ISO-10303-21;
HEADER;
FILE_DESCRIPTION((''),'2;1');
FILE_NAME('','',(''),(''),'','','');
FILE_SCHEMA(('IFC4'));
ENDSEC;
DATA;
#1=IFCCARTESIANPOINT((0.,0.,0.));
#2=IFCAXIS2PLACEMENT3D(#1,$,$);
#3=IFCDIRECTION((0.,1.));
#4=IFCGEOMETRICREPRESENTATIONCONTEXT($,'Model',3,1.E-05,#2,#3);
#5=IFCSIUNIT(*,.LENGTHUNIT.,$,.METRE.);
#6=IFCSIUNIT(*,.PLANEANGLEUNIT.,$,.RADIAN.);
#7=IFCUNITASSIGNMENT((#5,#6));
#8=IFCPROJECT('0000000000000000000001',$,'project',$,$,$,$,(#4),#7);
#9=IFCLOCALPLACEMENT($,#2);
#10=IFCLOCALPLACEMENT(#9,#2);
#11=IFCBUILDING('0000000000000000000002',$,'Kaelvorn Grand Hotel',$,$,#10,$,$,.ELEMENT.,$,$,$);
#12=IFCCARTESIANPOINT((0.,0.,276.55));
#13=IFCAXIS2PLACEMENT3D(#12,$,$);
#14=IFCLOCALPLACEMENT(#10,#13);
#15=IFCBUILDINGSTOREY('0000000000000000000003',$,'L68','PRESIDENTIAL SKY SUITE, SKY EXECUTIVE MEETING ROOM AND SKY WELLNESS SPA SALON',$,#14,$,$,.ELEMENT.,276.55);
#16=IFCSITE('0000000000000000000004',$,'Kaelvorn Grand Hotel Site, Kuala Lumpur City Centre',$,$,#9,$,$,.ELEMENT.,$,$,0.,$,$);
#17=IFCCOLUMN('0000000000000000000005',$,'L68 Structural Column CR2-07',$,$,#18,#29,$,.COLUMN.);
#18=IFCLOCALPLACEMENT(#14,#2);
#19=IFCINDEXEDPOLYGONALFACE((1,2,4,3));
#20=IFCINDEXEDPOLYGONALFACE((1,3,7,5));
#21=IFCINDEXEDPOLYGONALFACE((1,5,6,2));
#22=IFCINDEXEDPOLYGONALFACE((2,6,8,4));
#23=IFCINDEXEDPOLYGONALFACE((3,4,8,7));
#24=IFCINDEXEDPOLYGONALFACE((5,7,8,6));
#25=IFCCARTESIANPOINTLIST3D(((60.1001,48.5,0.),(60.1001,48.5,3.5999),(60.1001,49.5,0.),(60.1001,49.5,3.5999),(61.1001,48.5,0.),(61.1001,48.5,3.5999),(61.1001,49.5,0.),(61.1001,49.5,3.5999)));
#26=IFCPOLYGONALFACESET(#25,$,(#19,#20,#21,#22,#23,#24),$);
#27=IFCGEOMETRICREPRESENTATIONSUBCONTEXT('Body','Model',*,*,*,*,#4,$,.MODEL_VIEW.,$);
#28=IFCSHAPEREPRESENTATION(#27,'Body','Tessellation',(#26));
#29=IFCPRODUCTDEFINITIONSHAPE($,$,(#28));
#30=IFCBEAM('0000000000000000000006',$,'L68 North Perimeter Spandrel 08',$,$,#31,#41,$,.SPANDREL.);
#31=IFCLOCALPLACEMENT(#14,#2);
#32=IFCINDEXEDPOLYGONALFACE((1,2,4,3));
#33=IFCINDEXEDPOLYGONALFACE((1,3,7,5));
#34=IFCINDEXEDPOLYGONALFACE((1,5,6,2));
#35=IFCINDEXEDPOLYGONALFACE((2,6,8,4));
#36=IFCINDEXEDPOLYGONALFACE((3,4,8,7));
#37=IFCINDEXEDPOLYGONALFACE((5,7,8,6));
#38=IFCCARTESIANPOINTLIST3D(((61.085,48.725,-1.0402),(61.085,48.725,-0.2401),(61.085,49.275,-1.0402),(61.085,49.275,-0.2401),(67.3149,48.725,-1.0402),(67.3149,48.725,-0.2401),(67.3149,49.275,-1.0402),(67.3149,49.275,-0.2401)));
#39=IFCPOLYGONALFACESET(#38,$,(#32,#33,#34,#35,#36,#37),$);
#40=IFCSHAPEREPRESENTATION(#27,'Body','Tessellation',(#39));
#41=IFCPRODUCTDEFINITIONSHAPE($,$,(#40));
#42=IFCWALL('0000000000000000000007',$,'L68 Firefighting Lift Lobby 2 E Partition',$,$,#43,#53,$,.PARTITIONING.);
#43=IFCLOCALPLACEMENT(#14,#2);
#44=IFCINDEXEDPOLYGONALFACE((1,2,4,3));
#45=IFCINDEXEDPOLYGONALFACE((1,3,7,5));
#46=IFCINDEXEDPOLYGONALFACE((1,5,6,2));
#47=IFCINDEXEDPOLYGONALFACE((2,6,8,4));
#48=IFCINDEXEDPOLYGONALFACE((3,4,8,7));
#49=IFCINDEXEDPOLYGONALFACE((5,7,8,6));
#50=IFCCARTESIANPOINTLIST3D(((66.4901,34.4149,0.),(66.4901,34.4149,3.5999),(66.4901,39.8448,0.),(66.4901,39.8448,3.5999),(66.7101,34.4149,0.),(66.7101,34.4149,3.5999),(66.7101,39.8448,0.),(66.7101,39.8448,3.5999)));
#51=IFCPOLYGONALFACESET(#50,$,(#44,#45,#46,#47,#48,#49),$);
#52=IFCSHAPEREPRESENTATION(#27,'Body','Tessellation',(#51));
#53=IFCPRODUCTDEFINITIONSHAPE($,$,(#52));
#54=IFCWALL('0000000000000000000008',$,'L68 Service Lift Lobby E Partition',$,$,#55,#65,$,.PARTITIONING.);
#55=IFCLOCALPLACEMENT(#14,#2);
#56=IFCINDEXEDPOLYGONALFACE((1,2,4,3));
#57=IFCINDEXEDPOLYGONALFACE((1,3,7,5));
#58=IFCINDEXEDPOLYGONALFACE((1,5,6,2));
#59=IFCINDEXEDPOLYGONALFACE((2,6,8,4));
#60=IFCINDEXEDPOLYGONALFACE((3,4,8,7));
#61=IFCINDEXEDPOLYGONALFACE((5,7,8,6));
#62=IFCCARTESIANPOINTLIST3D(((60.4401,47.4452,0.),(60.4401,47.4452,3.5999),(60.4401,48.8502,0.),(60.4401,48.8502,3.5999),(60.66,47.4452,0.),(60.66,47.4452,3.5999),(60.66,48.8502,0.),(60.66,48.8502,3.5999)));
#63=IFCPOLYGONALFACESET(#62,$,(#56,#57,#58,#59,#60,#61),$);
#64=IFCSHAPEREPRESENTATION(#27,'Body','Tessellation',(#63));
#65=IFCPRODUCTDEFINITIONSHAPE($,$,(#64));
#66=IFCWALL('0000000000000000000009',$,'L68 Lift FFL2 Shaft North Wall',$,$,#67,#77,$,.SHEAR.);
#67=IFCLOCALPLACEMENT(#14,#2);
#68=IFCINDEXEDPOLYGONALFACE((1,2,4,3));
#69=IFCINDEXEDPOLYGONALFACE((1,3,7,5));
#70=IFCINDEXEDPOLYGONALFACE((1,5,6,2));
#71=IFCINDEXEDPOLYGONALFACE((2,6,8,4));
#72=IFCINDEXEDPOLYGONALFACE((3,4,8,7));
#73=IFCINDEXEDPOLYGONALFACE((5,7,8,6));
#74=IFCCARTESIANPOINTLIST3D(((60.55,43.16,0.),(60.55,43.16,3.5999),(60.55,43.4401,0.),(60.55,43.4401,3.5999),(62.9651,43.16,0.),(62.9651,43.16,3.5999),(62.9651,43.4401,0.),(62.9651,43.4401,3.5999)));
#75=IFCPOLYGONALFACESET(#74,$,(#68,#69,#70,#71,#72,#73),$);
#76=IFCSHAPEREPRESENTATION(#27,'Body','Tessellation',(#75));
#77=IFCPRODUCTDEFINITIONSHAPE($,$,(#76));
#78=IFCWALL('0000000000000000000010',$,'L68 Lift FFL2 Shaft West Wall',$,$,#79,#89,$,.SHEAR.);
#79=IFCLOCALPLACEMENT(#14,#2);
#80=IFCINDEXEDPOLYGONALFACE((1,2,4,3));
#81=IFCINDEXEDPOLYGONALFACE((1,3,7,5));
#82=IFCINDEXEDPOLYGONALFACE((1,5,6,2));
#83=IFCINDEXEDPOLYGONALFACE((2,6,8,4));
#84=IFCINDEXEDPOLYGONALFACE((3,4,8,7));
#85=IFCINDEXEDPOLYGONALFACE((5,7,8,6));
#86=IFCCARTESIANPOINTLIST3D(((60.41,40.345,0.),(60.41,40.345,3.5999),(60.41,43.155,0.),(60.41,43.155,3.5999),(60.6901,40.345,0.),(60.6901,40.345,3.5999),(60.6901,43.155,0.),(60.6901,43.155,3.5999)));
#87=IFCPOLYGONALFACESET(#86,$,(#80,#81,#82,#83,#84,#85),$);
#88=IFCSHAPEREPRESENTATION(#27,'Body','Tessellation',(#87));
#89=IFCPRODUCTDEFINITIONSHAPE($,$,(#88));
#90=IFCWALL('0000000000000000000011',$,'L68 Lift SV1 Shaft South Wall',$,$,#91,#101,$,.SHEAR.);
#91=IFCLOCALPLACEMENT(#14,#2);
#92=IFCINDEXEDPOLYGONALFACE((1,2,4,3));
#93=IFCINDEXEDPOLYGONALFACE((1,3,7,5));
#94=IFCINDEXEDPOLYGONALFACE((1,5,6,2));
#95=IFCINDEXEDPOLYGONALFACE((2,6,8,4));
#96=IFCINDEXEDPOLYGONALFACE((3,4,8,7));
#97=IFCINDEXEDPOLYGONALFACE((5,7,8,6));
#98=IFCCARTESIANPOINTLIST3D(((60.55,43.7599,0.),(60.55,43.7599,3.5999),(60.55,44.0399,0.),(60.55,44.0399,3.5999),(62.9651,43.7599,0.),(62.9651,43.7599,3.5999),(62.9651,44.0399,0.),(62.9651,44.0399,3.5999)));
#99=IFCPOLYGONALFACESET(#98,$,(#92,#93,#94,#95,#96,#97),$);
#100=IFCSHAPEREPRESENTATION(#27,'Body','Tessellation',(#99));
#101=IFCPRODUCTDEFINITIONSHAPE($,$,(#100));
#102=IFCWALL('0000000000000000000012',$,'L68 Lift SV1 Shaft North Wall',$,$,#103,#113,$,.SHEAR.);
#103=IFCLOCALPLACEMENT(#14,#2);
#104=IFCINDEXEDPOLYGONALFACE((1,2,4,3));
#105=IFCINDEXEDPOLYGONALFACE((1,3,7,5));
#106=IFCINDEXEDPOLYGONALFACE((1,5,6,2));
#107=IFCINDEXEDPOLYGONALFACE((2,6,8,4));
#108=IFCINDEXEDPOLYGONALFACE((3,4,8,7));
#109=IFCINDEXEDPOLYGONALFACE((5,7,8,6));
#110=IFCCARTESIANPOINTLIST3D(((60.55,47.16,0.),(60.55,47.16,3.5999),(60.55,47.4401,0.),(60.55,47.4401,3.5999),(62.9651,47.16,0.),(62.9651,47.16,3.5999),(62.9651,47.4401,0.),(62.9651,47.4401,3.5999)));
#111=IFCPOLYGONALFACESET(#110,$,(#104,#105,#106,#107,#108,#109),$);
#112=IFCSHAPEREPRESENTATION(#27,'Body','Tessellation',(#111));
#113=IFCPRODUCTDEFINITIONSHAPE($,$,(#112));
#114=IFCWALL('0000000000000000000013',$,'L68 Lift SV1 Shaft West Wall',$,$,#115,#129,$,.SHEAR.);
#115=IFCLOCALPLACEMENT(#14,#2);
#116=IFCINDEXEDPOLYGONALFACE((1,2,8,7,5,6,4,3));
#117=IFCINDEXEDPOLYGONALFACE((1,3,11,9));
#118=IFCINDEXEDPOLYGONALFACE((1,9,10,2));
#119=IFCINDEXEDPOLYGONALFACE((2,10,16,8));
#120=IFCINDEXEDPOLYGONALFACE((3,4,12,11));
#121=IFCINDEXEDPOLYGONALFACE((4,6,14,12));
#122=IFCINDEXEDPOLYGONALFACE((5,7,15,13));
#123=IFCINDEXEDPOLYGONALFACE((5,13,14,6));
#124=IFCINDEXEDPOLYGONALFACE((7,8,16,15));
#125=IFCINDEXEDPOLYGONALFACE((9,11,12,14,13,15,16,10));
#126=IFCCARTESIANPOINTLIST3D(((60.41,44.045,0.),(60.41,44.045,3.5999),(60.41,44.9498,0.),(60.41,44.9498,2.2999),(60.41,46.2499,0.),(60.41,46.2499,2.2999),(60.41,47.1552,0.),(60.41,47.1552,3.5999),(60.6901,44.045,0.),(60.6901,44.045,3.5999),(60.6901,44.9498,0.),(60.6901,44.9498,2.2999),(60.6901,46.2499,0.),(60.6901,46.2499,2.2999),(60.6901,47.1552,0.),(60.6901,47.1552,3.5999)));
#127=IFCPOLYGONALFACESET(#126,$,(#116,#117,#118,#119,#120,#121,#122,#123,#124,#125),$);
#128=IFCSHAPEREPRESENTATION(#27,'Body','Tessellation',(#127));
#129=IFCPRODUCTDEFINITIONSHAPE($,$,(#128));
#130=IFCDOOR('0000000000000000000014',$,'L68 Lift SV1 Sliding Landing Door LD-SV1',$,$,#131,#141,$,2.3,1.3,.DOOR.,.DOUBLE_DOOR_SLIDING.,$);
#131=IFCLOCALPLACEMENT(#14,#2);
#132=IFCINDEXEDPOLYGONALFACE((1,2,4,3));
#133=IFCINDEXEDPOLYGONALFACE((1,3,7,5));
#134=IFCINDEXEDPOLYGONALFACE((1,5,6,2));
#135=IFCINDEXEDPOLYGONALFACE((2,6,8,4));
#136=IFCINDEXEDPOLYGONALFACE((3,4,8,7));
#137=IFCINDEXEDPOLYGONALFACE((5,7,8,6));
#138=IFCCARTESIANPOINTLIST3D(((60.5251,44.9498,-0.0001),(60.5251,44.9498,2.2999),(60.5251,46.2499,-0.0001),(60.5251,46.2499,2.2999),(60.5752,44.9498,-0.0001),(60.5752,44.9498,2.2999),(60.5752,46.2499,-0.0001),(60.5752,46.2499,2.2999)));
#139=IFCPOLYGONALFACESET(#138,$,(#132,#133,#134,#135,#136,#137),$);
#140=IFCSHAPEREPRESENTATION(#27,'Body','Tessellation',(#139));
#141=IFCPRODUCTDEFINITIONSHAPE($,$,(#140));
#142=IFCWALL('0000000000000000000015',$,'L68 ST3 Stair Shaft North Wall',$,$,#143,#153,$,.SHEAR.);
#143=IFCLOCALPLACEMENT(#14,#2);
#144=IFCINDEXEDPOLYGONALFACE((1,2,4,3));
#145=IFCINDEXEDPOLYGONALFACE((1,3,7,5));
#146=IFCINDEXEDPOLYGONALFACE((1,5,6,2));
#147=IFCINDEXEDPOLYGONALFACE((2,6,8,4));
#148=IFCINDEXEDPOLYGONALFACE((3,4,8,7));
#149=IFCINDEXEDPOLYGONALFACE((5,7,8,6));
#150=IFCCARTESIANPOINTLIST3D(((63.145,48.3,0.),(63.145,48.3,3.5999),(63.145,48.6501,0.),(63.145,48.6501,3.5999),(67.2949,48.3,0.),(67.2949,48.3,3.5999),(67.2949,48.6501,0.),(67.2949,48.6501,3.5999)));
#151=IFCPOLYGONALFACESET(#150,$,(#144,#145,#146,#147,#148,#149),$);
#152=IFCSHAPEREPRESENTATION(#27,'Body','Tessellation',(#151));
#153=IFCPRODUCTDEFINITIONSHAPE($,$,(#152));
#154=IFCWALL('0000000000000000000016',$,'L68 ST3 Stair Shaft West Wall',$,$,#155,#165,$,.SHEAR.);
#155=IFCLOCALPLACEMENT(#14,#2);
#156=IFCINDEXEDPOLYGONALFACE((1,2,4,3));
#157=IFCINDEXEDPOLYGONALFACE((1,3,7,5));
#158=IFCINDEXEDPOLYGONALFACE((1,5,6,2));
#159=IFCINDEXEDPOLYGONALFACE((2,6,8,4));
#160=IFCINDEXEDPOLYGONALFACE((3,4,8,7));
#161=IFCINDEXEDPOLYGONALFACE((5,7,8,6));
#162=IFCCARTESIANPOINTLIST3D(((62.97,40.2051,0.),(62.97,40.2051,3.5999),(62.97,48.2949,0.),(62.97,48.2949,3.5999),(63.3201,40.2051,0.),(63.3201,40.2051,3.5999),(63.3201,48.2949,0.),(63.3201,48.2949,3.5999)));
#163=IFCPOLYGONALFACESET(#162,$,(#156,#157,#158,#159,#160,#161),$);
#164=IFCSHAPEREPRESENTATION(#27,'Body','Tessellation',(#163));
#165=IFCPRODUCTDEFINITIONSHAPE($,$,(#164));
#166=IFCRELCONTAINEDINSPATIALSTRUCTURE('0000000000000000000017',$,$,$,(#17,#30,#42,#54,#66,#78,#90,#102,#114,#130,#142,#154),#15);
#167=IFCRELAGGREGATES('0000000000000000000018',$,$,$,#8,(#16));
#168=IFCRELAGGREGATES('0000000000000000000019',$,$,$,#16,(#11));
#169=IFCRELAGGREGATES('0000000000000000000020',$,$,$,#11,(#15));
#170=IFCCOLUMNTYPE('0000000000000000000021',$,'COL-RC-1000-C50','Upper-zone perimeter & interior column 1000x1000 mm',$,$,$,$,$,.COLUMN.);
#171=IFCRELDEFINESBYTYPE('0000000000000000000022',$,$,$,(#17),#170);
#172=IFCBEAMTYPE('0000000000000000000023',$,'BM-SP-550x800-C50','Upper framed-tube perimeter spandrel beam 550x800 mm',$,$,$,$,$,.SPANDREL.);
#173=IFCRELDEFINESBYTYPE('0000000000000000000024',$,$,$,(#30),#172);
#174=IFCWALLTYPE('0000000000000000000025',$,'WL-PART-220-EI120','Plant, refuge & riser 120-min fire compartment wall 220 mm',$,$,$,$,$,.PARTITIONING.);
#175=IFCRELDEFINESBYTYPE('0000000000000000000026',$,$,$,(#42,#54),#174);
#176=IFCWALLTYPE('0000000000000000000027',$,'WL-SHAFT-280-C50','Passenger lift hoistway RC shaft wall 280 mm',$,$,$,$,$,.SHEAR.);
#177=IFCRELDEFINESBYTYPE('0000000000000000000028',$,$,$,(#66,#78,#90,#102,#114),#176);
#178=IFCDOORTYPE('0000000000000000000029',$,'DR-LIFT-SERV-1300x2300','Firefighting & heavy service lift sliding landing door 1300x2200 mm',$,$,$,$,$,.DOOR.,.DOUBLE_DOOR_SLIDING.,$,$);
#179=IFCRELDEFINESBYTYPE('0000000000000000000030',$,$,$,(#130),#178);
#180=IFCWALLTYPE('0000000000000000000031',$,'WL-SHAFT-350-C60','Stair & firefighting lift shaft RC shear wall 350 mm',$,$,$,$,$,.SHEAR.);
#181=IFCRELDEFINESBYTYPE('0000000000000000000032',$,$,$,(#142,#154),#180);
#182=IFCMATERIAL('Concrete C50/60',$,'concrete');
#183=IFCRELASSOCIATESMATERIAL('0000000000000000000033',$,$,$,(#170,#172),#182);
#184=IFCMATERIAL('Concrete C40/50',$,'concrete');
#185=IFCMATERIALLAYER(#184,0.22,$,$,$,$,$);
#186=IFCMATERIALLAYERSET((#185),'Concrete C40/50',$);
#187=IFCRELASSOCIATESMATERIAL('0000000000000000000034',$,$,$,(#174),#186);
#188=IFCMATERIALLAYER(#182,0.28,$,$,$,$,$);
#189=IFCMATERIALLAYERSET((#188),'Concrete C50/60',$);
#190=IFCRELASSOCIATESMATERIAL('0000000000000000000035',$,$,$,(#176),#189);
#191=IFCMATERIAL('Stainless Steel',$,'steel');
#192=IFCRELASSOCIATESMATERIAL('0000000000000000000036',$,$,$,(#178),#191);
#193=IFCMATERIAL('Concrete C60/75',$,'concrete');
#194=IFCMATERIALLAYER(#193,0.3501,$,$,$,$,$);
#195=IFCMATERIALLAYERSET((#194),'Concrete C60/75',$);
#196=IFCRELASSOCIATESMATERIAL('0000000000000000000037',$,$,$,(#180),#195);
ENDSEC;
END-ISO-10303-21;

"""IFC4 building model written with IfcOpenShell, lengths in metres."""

from ifc_helpers import new_model, si_unit, direction, frame, frame_2d, origin, origin_2d, place, context, subcontext, project, spatial, rectangle, extrude, material, layer, layer_set, material_profile, profile_set, type_object, element, fill, save


model = new_model("IFC4")

# Units and contexts
model_context = context("Model", 3, precision=1e-05, world=origin(), true_north=direction((0.0, 1.0)))
body_context = subcontext(model_context, "Body", "Model", "MODEL_VIEW")
ifc_project = project(units=[si_unit("LENGTHUNIT", "METRE"), si_unit("PLANEANGLEUNIT", "RADIAN")], contexts=[model_context])

# Site, building, storey
site_placement = place(None, origin())
site = spatial("IfcSite", under=ifc_project, at=site_placement, Name="Kaelvorn Grand Hotel Site, Kuala Lumpur City Centre", CompositionType="ELEMENT", RefElevation=0.0)
building_placement = place(site_placement, origin())
building = spatial("IfcBuilding", under=site, at=building_placement, Name="Kaelvorn Grand Hotel", CompositionType="ELEMENT")
storey_placement = place(building_placement, frame((0.0, 0.0, 276.55)))
storey = spatial("IfcBuildingStorey", under=building, at=storey_placement, Name="L68", Description="PRESIDENTIAL SKY SUITE, SKY EXECUTIVE MEETING ROOM AND SKY WELLNESS SPA SALON", CompositionType="ELEMENT", Elevation=276.55)

# Column
ifc_material_1 = material(Name="Concrete C50/60", Category="concrete")
ifc_material_profile_1 = material_profile(ifc_material_1, rectangle(XDim=1.0, YDim=1.0, at=origin_2d()), Name="RC COL 1000x1000")
ifc_profile_set_1 = profile_set([ifc_material_profile_1], Name="Concrete C50/60")
column_type = type_object("IfcColumnType", Name="COL-RC-1000-C50", Description="Upper-zone perimeter & interior column 1000x1000 mm", PredefinedType="COLUMN", material=ifc_profile_set_1)
column_placement = place(storey_placement, frame((60.6001, 49.0, 0.0), z_axis=(0.0, 0.0, 1.0), x_axis=(1.0, 0.0, 0.0)))
element("IfcColumn", 1, at=column_placement, inside=storey, type_object=column_type, Name="L68 Structural Column CR2-07", PredefinedType="COLUMN", context=body_context, shape_type="SweptSolid", body=[
    extrude(rectangle(XDim=1.0, YDim=1.0, at=origin_2d()), origin(), (0.0, 0.0, 1.0), 3.5999),
])

# Beam
ifc_material_profile_2 = material_profile(ifc_material_1, rectangle(XDim=0.55, YDim=0.8, at=origin_2d()), Name="RC SPANDREL 550x800")
ifc_profile_set_2 = profile_set([ifc_material_profile_2], Name="Concrete C50/60")
beam_type = type_object("IfcBeamType", Name="BM-SP-550x800-C50", Description="Upper framed-tube perimeter spandrel beam 550x800 mm", PredefinedType="SPANDREL", material=ifc_profile_set_2)
beam_placement = place(storey_placement, frame((61.085, 49.0, -0.6401), z_axis=(1.0, 0.0, 0.0), x_axis=(0.0, 1.0, 0.0)))
element("IfcBeam", 2, at=beam_placement, inside=storey, type_object=beam_type, Name="L68 North Perimeter Spandrel 08", PredefinedType="SPANDREL", context=body_context, shape_type="SweptSolid", body=[
    extrude(rectangle(XDim=0.55, YDim=0.8, at=origin_2d()), origin(), (0.0, 0.0, 1.0), 6.23),
])

# Walls
ifc_material_2 = material(Name="Concrete C40/50", Category="concrete")
ifc_layer_1 = layer(ifc_material_2, 0.22)
ifc_layer_set_1 = layer_set([ifc_layer_1], Name="Concrete C40/50")
wall_type_1 = type_object("IfcWallType", Name="WL-PART-220-EI120", Description="Plant, refuge & riser 120-min fire compartment wall 220 mm", PredefinedType="PARTITIONING", material=ifc_layer_set_1)
wall_1_placement = place(storey_placement, frame((66.6001, 34.415, 0.0), z_axis=(0.0, 0.0, 1.0), x_axis=(0.0, 1.0, 0.0)))
element("IfcWall", 3, at=wall_1_placement, inside=storey, type_object=wall_type_1, Name="L68 Firefighting Lift Lobby 2 E Partition", PredefinedType="PARTITIONING", context=body_context, shape_type="SweptSolid", body=[
    extrude(rectangle(XDim=5.4299, YDim=0.22, at=frame_2d((2.7148, 0.0))), origin(), (0.0, 0.0, 1.0), 3.5999),
])
wall_2_placement = place(storey_placement, frame((60.55, 47.4451, 0.0), z_axis=(0.0, 0.0, 1.0), x_axis=(0.0, 1.0, 0.0)))
element("IfcWall", 4, at=wall_2_placement, inside=storey, type_object=wall_type_1, Name="L68 Service Lift Lobby E Partition", PredefinedType="PARTITIONING", context=body_context, shape_type="SweptSolid", body=[
    extrude(rectangle(XDim=1.405, YDim=0.22, at=frame_2d((0.7026, 0.0))), origin(), (0.0, 0.0, 1.0), 3.5999),
])
ifc_layer_2 = layer(ifc_material_1, 0.28)
ifc_layer_set_2 = layer_set([ifc_layer_2], Name="Concrete C50/60")
wall_type_2 = type_object("IfcWallType", Name="WL-SHAFT-280-C50", Description="Passenger lift hoistway RC shaft wall 280 mm", PredefinedType="SHEAR", material=ifc_layer_set_2)
wall_3_placement = place(storey_placement, frame((60.55, 43.3, 0.0), z_axis=(0.0, 0.0, 1.0), x_axis=(1.0, 0.0, 0.0)))
element("IfcWall", 5, at=wall_3_placement, inside=storey, type_object=wall_type_2, Name="L68 Lift FFL2 Shaft North Wall", PredefinedType="SHEAR", context=body_context, shape_type="SweptSolid", body=[
    extrude(rectangle(XDim=2.415, YDim=0.28, at=frame_2d((1.2075, 0.0))), origin(), (0.0, 0.0, 1.0), 3.5999),
])
wall_4_placement = place(storey_placement, frame((60.55, 40.345, 0.0), z_axis=(0.0, 0.0, 1.0), x_axis=(0.0, 1.0, 0.0)))
element("IfcWall", 6, at=wall_4_placement, inside=storey, type_object=wall_type_2, Name="L68 Lift FFL2 Shaft West Wall", PredefinedType="SHEAR", context=body_context, shape_type="SweptSolid", body=[
    extrude(rectangle(XDim=2.8101, YDim=0.28, at=frame_2d((1.405, 0.0))), origin(), (0.0, 0.0, 1.0), 3.5999),
])
for number, where, z_axis, x_axis, name in (
    (7, (60.55, 43.8999, 0.0), (0.0, 0.0, 1.0), (1.0, 0.0, 0.0), "L68 Lift SV1 Shaft South Wall"),
    (8, (60.55, 47.3, 0.0), (0.0, 0.0, 1.0), (1.0, 0.0, 0.0), "L68 Lift SV1 Shaft North Wall"),
):
    element("IfcWall", number, at=place(storey_placement, frame(where, z_axis=z_axis, x_axis=x_axis)), inside=storey, type_object=wall_type_2, Name=name, PredefinedType="SHEAR", context=body_context, shape_type="SweptSolid", body=[
        extrude(rectangle(XDim=2.415, YDim=0.28, at=frame_2d((1.2075, 0.0))), origin(), (0.0, 0.0, 1.0), 3.5999),
    ])

# Wall, opening, door
wall_5_placement = place(storey_placement, frame((60.55, 44.0449, 0.0), z_axis=(0.0, 0.0, 1.0), x_axis=(0.0, 1.0, 0.0)))
wall_5 = element("IfcWall", 9, at=wall_5_placement, inside=storey, type_object=wall_type_2, Name="L68 Lift SV1 Shaft West Wall", PredefinedType="SHEAR", context=body_context, shape_type="SweptSolid", body=[
    extrude(rectangle(XDim=3.1101, YDim=0.28, at=frame_2d((1.5552, 0.0))), origin(), (0.0, 0.0, 1.0), 3.5999),
])
opening_1_placement = place(wall_5_placement, frame((0.905, 0.0, 0.0)))
opening_1 = element("IfcOpeningElement", 10, at=opening_1_placement, cuts=wall_5, PredefinedType="OPENING", context=body_context, shape_type="SweptSolid", body=[
    extrude(rectangle(XDim=1.3, YDim=2.3, at=frame_2d((0.6499, 1.1499))), frame((0.0, 0.1499, 0.0), z_axis=(0.0, -1.0, 0.0), x_axis=(1.0, 0.0, 0.0)), (0.0, 0.0, 1.0), 0.3),
])
ifc_material_3 = material(Name="Stainless Steel", Category="steel")
door_type_1 = type_object("IfcDoorType", Name="DR-LIFT-SERV-1300x2300", Description="Firefighting & heavy service lift sliding landing door 1300x2200 mm", OperationType="DOUBLE_DOOR_SLIDING", PredefinedType="DOOR", material=ifc_material_3)
door_1_placement = place(opening_1_placement, origin())
door_1 = element("IfcDoor", 11, at=door_1_placement, inside=storey, type_object=door_type_1, Name="L68 Lift SV1 Sliding Landing Door LD-SV1", OperationType="DOUBLE_DOOR_SLIDING", OverallHeight=2.3, OverallWidth=1.3, PredefinedType="DOOR", context=body_context, shape_type="SweptSolid", body=[
    extrude(rectangle(XDim=1.3, YDim=2.3, at=frame_2d((0.6499, 1.1499))), frame((0.0, 0.0249, 0.0), z_axis=(0.0, -1.0, 0.0), x_axis=(1.0, 0.0, 0.0)), (0.0, 0.0, 1.0), 0.05),
])
fill(opening_1, door_1)
ifc_material_4 = material(Name="Concrete C60/75", Category="concrete")
ifc_layer_3 = layer(ifc_material_4, 0.3501)
ifc_layer_set_3 = layer_set([ifc_layer_3], Name="Concrete C60/75")
wall_type_3 = type_object("IfcWallType", Name="WL-SHAFT-350-C60", Description="Stair & firefighting lift shaft RC shear wall 350 mm", PredefinedType="SHEAR", material=ifc_layer_set_3)

# Walls
wall_6_placement = place(storey_placement, frame((63.145, 48.4751, 0.0), z_axis=(0.0, 0.0, 1.0), x_axis=(1.0, 0.0, 0.0)))
element("IfcWall", 12, at=wall_6_placement, inside=storey, type_object=wall_type_3, Name="L68 ST3 Stair Shaft North Wall", PredefinedType="SHEAR", context=body_context, shape_type="SweptSolid", body=[
    extrude(rectangle(XDim=4.1499, YDim=0.3501, at=frame_2d((2.075, 0.0))), origin(), (0.0, 0.0, 1.0), 3.5999),
])
wall_7_placement = place(storey_placement, frame((63.145, 40.2051, 0.0), z_axis=(0.0, 0.0, 1.0), x_axis=(0.0, 1.0, 0.0)))
element("IfcWall", 13, at=wall_7_placement, inside=storey, type_object=wall_type_3, Name="L68 ST3 Stair Shaft West Wall", PredefinedType="SHEAR", context=body_context, shape_type="SweptSolid", body=[
    extrude(rectangle(XDim=8.0898, YDim=0.3501, at=frame_2d((4.0449, 0.0))), origin(), (0.0, 0.0, 1.0), 3.5999),
])

save(model, "model.ifc")
